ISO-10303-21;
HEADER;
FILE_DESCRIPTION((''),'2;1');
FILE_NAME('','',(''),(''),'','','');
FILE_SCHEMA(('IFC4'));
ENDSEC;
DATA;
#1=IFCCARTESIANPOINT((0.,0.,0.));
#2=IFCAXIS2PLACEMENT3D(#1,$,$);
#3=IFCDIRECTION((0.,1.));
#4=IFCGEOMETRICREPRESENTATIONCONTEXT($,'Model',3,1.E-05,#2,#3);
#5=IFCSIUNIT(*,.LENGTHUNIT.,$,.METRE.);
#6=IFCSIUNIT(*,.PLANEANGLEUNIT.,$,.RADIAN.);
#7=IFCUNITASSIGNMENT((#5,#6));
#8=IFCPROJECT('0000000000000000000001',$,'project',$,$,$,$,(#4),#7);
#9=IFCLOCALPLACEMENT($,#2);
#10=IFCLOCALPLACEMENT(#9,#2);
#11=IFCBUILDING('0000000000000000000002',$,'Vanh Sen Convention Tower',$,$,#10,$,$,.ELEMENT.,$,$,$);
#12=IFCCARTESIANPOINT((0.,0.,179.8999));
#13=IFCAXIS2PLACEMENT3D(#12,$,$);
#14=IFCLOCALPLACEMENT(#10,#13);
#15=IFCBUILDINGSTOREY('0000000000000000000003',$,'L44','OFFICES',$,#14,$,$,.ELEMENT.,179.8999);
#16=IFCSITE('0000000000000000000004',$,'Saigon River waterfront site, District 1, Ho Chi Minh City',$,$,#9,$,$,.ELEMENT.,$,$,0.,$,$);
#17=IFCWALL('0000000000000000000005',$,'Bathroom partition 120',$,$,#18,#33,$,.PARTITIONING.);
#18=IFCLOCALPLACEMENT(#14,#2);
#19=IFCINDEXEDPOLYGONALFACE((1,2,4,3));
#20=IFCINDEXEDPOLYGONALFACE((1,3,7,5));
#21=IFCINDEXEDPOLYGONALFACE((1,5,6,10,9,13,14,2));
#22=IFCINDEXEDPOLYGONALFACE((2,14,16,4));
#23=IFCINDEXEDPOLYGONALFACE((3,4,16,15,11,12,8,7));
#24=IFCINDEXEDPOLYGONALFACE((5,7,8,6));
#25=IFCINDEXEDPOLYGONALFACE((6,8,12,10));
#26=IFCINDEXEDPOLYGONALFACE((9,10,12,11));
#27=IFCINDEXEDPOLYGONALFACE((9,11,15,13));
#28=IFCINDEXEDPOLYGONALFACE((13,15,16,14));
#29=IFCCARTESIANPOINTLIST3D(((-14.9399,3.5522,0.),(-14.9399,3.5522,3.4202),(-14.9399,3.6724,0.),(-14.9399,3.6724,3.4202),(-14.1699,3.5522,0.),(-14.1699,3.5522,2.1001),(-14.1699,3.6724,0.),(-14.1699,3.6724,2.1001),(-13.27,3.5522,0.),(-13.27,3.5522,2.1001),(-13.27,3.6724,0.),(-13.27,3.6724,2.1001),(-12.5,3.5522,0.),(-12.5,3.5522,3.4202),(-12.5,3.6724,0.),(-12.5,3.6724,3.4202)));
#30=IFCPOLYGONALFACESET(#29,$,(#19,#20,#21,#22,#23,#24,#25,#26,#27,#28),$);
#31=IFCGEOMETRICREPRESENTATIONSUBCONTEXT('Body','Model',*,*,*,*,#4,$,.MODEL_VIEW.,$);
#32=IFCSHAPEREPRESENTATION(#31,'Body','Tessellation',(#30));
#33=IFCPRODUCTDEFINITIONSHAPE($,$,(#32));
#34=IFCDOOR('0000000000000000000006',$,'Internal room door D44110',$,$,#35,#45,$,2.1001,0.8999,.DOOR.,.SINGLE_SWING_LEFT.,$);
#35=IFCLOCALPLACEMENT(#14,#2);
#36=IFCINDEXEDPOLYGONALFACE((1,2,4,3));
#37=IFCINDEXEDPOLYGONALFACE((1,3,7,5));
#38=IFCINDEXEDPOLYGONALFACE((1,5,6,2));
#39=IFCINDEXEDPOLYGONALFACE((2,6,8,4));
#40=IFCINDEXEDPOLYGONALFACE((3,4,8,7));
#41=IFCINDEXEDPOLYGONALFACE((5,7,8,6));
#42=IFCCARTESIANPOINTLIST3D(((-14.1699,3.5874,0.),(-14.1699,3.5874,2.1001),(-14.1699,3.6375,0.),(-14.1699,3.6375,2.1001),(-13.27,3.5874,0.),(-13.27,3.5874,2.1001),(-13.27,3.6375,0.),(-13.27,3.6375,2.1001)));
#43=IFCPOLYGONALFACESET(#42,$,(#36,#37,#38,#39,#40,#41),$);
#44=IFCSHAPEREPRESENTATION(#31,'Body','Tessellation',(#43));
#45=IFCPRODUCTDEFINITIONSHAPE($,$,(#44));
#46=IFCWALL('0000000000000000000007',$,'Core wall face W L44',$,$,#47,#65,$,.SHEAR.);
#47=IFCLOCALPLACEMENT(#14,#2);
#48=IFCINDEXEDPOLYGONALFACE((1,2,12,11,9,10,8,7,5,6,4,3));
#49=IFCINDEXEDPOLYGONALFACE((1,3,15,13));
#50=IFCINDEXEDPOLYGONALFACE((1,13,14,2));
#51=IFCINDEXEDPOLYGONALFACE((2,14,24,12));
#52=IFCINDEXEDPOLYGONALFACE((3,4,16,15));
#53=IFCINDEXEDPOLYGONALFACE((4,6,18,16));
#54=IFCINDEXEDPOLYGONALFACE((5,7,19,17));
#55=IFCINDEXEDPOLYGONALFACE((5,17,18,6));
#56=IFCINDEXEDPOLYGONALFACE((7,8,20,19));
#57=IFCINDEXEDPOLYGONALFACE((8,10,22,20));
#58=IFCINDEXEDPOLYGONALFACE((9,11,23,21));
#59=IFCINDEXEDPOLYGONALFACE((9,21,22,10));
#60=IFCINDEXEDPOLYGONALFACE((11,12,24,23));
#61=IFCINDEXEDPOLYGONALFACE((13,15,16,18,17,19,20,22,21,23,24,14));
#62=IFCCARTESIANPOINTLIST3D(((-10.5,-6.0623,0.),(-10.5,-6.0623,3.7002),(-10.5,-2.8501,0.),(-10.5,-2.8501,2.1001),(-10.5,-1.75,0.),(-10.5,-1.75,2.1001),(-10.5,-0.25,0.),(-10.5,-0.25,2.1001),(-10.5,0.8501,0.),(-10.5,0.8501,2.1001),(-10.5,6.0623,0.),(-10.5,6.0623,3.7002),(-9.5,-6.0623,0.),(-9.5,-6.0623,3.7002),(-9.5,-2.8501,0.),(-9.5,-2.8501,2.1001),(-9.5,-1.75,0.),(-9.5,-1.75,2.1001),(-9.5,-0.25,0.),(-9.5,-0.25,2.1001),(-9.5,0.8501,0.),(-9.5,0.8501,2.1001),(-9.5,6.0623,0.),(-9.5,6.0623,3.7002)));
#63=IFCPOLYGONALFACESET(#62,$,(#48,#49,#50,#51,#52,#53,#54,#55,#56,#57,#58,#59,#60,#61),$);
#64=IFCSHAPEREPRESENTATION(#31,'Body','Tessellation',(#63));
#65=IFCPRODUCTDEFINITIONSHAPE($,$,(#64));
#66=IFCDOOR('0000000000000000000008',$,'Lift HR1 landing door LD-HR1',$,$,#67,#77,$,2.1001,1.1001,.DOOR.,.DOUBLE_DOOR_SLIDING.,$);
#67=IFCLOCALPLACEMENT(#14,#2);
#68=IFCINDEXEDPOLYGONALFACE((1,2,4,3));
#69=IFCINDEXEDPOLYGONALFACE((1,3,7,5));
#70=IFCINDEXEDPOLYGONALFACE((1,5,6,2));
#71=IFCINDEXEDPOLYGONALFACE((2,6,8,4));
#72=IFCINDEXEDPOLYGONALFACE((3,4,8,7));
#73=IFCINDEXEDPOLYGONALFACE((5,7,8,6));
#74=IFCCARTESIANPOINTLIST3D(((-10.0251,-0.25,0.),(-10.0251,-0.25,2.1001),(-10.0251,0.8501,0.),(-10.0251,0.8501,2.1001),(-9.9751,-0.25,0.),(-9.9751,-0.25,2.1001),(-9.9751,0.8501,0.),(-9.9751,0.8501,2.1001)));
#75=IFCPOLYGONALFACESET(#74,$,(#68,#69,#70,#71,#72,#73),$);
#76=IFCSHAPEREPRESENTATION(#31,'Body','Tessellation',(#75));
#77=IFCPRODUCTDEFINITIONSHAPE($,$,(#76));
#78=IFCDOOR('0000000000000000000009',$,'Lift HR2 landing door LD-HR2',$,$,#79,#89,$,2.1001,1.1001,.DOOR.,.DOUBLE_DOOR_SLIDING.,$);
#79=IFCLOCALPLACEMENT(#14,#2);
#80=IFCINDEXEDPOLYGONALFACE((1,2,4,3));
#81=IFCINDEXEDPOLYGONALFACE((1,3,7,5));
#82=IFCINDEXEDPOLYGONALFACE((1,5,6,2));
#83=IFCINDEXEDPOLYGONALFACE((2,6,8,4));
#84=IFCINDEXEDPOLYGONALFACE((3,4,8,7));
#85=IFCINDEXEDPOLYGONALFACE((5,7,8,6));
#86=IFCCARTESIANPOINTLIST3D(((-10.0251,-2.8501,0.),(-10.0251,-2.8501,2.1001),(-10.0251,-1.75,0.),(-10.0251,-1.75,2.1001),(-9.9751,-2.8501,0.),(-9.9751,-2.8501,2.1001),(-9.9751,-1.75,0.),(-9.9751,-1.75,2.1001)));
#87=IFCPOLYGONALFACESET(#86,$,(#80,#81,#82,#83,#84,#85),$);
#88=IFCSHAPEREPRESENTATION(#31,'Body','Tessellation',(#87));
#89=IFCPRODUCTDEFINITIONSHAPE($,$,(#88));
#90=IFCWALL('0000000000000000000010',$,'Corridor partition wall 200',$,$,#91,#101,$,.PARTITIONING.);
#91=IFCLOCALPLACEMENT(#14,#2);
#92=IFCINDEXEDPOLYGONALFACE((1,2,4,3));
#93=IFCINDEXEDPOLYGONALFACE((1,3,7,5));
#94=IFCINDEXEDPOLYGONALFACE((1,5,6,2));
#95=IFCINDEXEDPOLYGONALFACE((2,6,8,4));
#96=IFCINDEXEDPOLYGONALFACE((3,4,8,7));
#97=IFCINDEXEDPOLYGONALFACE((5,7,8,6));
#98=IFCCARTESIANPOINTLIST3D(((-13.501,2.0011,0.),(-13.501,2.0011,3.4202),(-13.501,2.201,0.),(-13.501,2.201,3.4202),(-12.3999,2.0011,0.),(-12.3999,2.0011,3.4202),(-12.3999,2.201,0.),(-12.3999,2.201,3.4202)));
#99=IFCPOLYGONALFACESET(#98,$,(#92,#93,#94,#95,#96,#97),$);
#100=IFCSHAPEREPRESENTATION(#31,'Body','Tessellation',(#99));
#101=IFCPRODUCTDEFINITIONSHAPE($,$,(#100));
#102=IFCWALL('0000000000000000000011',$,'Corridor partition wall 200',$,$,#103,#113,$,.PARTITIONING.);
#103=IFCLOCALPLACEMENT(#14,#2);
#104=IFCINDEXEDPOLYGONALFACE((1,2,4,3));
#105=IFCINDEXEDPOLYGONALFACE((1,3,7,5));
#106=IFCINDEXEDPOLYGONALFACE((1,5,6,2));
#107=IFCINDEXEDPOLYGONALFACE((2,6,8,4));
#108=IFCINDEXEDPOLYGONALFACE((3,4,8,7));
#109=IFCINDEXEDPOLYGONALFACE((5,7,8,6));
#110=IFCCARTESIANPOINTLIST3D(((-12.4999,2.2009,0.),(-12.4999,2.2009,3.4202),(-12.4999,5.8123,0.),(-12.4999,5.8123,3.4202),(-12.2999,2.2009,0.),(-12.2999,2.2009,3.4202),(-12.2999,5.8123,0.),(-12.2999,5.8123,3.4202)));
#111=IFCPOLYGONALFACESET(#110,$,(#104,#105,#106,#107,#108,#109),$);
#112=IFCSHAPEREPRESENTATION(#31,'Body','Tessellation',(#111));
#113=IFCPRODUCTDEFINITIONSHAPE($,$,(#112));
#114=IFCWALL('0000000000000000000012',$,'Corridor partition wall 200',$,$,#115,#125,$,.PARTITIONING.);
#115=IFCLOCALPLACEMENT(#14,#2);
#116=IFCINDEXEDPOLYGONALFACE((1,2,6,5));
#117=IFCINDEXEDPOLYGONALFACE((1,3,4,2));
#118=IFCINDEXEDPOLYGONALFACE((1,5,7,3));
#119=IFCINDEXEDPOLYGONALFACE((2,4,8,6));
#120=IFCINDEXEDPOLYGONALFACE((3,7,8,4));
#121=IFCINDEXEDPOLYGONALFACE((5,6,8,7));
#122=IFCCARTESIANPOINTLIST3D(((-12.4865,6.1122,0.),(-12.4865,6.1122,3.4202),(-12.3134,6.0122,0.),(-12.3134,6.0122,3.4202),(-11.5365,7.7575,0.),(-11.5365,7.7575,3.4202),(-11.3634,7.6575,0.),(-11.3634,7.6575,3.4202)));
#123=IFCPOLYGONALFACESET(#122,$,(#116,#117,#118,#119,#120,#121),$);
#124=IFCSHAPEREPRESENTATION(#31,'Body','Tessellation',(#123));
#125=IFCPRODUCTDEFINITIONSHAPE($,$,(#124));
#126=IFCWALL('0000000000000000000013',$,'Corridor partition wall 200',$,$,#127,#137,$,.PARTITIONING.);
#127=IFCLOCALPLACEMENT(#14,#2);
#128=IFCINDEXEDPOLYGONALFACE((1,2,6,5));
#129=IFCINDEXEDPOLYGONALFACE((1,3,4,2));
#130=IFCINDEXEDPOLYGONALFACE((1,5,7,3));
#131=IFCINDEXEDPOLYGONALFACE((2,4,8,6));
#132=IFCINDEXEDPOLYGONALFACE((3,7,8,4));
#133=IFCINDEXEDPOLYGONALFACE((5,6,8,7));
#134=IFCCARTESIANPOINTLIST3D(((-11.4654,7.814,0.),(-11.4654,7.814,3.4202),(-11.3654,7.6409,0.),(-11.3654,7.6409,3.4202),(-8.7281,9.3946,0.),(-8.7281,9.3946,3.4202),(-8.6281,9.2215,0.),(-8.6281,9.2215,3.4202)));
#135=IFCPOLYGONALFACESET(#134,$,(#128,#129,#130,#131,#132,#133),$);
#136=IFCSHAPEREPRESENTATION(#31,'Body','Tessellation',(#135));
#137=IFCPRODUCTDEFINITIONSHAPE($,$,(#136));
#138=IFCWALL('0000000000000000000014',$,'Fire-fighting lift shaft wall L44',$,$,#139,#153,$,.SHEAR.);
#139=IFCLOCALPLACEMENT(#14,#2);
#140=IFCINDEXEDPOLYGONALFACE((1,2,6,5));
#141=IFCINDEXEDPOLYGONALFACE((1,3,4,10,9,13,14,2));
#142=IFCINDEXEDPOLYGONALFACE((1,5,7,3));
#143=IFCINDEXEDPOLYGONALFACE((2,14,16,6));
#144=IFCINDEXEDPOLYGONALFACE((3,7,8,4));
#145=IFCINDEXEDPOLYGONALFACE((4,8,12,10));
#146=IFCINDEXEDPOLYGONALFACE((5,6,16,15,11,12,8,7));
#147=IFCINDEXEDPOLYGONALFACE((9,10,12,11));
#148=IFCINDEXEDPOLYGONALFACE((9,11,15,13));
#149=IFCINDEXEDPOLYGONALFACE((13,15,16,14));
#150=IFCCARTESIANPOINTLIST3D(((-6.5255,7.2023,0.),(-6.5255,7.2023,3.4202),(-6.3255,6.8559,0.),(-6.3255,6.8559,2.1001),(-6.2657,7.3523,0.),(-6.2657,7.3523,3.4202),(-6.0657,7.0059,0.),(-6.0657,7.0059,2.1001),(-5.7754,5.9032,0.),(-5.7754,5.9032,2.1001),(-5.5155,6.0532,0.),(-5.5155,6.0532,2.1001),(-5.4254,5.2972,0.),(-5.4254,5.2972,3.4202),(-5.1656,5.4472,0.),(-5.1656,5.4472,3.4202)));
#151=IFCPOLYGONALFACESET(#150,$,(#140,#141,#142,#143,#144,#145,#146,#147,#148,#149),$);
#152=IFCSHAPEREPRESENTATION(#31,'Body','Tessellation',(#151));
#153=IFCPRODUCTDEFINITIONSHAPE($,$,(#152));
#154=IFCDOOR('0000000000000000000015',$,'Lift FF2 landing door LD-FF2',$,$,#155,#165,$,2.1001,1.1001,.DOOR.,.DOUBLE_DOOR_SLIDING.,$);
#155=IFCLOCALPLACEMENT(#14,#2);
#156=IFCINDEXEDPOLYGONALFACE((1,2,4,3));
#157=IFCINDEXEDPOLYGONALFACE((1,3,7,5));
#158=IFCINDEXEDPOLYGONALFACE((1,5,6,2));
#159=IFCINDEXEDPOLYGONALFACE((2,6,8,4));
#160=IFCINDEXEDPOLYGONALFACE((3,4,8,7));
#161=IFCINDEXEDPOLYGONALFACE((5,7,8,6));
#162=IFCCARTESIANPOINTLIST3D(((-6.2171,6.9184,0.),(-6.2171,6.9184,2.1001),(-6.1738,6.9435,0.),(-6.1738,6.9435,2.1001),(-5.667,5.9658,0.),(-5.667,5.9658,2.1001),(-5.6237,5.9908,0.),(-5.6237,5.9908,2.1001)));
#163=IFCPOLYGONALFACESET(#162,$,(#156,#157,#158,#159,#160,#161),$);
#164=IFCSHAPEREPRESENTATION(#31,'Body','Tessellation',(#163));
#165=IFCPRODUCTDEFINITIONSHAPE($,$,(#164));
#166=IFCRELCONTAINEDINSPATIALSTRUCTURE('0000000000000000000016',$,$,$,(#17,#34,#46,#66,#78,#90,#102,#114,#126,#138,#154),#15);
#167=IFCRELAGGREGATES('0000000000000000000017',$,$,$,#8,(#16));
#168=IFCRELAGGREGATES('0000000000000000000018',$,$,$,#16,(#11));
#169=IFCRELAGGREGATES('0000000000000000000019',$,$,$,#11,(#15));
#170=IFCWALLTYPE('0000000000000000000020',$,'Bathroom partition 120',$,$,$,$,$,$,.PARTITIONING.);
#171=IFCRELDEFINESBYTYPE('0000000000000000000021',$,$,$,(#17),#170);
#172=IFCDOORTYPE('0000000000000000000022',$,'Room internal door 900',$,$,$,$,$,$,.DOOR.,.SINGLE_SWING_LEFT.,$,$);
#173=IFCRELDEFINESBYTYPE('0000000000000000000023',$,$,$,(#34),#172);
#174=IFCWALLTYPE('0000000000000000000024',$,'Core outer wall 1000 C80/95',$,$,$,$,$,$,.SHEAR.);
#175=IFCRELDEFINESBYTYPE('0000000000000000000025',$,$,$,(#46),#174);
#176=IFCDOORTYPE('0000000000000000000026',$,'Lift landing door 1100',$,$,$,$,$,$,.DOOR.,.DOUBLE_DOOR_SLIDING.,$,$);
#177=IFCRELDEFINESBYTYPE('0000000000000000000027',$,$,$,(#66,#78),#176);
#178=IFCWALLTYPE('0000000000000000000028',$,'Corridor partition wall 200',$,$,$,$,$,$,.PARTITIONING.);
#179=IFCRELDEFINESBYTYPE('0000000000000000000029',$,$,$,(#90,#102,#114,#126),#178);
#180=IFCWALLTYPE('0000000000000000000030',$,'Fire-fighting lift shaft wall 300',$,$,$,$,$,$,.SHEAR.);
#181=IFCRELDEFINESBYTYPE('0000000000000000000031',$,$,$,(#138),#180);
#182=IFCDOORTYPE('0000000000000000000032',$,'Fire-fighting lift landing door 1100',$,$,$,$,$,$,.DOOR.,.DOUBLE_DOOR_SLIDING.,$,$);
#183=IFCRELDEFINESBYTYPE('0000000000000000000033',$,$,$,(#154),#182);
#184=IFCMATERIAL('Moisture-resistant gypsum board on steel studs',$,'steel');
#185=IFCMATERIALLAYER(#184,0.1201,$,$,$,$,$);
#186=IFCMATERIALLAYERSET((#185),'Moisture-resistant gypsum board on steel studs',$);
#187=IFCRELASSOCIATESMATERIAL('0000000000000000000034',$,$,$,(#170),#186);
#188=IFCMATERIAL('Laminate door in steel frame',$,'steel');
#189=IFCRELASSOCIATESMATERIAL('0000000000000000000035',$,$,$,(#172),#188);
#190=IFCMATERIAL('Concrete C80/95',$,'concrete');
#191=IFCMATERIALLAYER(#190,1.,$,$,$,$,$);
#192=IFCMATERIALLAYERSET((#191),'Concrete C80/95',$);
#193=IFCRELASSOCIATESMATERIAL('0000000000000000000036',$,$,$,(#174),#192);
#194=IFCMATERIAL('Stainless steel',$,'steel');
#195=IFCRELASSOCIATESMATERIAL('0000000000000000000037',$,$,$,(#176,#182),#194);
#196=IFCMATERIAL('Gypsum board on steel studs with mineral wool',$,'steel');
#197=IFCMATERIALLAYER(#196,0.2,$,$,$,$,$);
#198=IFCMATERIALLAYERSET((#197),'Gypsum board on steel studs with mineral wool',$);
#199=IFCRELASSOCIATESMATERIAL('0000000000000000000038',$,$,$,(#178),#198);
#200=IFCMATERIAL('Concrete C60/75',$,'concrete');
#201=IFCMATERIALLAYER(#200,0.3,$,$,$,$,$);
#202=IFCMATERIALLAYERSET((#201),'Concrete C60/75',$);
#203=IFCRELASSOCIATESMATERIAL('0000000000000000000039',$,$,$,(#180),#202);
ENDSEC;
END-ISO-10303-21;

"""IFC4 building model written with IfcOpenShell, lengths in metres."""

from ifc_helpers import new_model, si_unit, direction, frame, frame_2d, origin, place, context, subcontext, project, spatial, rectangle, extrude, material, layer, layer_set, type_object, element, fill, save


model = new_model("IFC4")

# Units and contexts
model_context = context("Model", 3, precision=1e-05, world=origin(), true_north=direction((0.0, 1.0)))
body_context = subcontext(model_context, "Body", "Model", "MODEL_VIEW")
ifc_project = project(units=[si_unit("LENGTHUNIT", "METRE"), si_unit("PLANEANGLEUNIT", "RADIAN")], contexts=[model_context])

# Site, building, storey
site_placement = place(None, origin())
site = spatial("IfcSite", under=ifc_project, at=site_placement, Name="Saigon River waterfront site, District 1, Ho Chi Minh City", CompositionType="ELEMENT", RefElevation=0.0)
building_placement = place(site_placement, origin())
building = spatial("IfcBuilding", under=site, at=building_placement, Name="Vanh Sen Convention Tower", CompositionType="ELEMENT")
storey_placement = place(building_placement, frame((0.0, 0.0, 179.8999)))
storey = spatial("IfcBuildingStorey", under=building, at=storey_placement, Name="L44", Description="OFFICES", CompositionType="ELEMENT", Elevation=179.8999)

# Wall, opening, door
ifc_material_1 = material(Name="Moisture-resistant gypsum board on steel studs", Category="steel")
ifc_layer_1 = layer(ifc_material_1, 0.1201)
ifc_layer_set_1 = layer_set([ifc_layer_1], Name="Moisture-resistant gypsum board on steel studs")
wall_type_1 = type_object("IfcWallType", Name="Bathroom partition 120", PredefinedType="PARTITIONING", material=ifc_layer_set_1)
wall_1_placement = place(storey_placement, frame((-12.5, 3.6123, 0.0), z_axis=(0.0, 0.0, 1.0), x_axis=(-1.0, 0.0, 0.0)))
wall_1 = element("IfcWall", 1, at=wall_1_placement, inside=storey, type_object=wall_type_1, Name="Bathroom partition 120", PredefinedType="PARTITIONING", context=body_context, shape_type="SweptSolid", body=[
    extrude(rectangle(XDim=2.4399, YDim=0.1201, at=frame_2d((1.22, 0.0))), origin(), (0.0, 0.0, 1.0), 3.4202),
])
opening_1_placement = place(wall_1_placement, frame((0.77, 0.0, 0.0)))
opening_1 = element("IfcOpeningElement", 2, at=opening_1_placement, cuts=wall_1, PredefinedType="OPENING", context=body_context, shape_type="SweptSolid", body=[
    extrude(rectangle(XDim=0.8999, YDim=2.1001, at=frame_2d((0.45, 1.05))), frame((0.0, 0.0701, 0.0), z_axis=(0.0, -1.0, 0.0), x_axis=(1.0, 0.0, 0.0)), (0.0, 0.0, 1.0), 0.1401),
])
ifc_material_2 = material(Name="Laminate door in steel frame", Category="steel")
door_type_1 = type_object("IfcDoorType", Name="Room internal door 900", OperationType="SINGLE_SWING_LEFT", PredefinedType="DOOR", material=ifc_material_2)
door_1_placement = place(opening_1_placement, origin())
door_1 = element("IfcDoor", 3, at=door_1_placement, inside=storey, type_object=door_type_1, Name="Internal room door D44110", OperationType="SINGLE_SWING_LEFT", OverallHeight=2.1001, OverallWidth=0.8999, PredefinedType="DOOR", context=body_context, shape_type="SweptSolid", body=[
    extrude(rectangle(XDim=0.8999, YDim=2.1001, at=frame_2d((0.45, 1.05))), frame((0.0, 0.0249, 0.0), z_axis=(0.0, -1.0, 0.0), x_axis=(1.0, 0.0, 0.0)), (0.0, 0.0, 1.0), 0.05),
])
fill(opening_1, door_1)

# Wall, openings, doors
ifc_material_3 = material(Name="Concrete C80/95", Category="concrete")
ifc_layer_2 = layer(ifc_material_3, 1.0)
ifc_layer_set_2 = layer_set([ifc_layer_2], Name="Concrete C80/95")
wall_type_2 = type_object("IfcWallType", Name="Core outer wall 1000 C80/95", PredefinedType="SHEAR", material=ifc_layer_set_2)
wall_2_placement = place(storey_placement, frame((-10.0, 6.0623, 0.0), z_axis=(0.0, 0.0, 1.0), x_axis=(0.0, -1.0, 0.0)))
wall_2 = element("IfcWall", 4, at=wall_2_placement, inside=storey, type_object=wall_type_2, Name="Core wall face W L44", PredefinedType="SHEAR", context=body_context, shape_type="SweptSolid", body=[
    extrude(rectangle(XDim=12.1245, YDim=1.0, at=frame_2d((6.0623, 0.0))), origin(), (0.0, 0.0, 1.0), 3.7002),
])
opening_2_placement = place(wall_2_placement, frame((5.2122, 0.0, 0.0)))
opening_2 = element("IfcOpeningElement", 5, at=opening_2_placement, cuts=wall_2, PredefinedType="OPENING", context=body_context, shape_type="SweptSolid", body=[
    extrude(rectangle(XDim=1.1001, YDim=2.1001, at=frame_2d((0.55, 1.05))), frame((0.0, 0.51, 0.0), z_axis=(0.0, -1.0, 0.0), x_axis=(1.0, 0.0, 0.0)), (0.0, 0.0, 1.0), 1.02),
])
opening_3_placement = place(wall_2_placement, frame((7.8123, 0.0, 0.0)))
opening_3 = element("IfcOpeningElement", 6, at=opening_3_placement, cuts=wall_2, PredefinedType="OPENING", context=body_context, shape_type="SweptSolid", body=[
    extrude(rectangle(XDim=1.1001, YDim=2.1001, at=frame_2d((0.55, 1.05))), frame((0.0, 0.51, 0.0), z_axis=(0.0, -1.0, 0.0), x_axis=(1.0, 0.0, 0.0)), (0.0, 0.0, 1.0), 1.02),
])
ifc_material_4 = material(Name="Stainless steel", Category="steel")
door_type_2 = type_object("IfcDoorType", Name="Lift landing door 1100", OperationType="DOUBLE_DOOR_SLIDING", PredefinedType="DOOR", material=ifc_material_4)
door_2_placement = place(opening_2_placement, origin())
door_2 = element("IfcDoor", 7, at=door_2_placement, inside=storey, type_object=door_type_2, Name="Lift HR1 landing door LD-HR1", OperationType="DOUBLE_DOOR_SLIDING", OverallHeight=2.1001, OverallWidth=1.1001, PredefinedType="DOOR", context=body_context, shape_type="SweptSolid", body=[
    extrude(rectangle(XDim=1.1001, YDim=2.1001, at=frame_2d((0.55, 1.05))), frame((0.0, 0.0249, 0.0), z_axis=(0.0, -1.0, 0.0), x_axis=(1.0, 0.0, 0.0)), (0.0, 0.0, 1.0), 0.05),
])
fill(opening_2, door_2)
door_3_placement = place(opening_3_placement, origin())
door_3 = element("IfcDoor", 8, at=door_3_placement, inside=storey, type_object=door_type_2, Name="Lift HR2 landing door LD-HR2", OperationType="DOUBLE_DOOR_SLIDING", OverallHeight=2.1001, OverallWidth=1.1001, PredefinedType="DOOR", context=body_context, shape_type="SweptSolid", body=[
    extrude(rectangle(XDim=1.1001, YDim=2.1001, at=frame_2d((0.55, 1.05))), frame((0.0, 0.0249, 0.0), z_axis=(0.0, -1.0, 0.0), x_axis=(1.0, 0.0, 0.0)), (0.0, 0.0, 1.0), 0.05),
])
fill(opening_3, door_3)

# Walls
ifc_material_5 = material(Name="Gypsum board on steel studs with mineral wool", Category="steel")
ifc_layer_3 = layer(ifc_material_5, 0.2)
ifc_layer_set_3 = layer_set([ifc_layer_3], Name="Gypsum board on steel studs with mineral wool")
wall_type_3 = type_object("IfcWallType", Name="Corridor partition wall 200", PredefinedType="PARTITIONING", material=ifc_layer_set_3)
wall_3_placement = place(storey_placement, frame((-12.3999, 2.1011, 0.0), z_axis=(0.0, 0.0, 1.0), x_axis=(-1.0, 0.0, 0.0)))
element("IfcWall", 9, at=wall_3_placement, inside=storey, type_object=wall_type_3, Name="Corridor partition wall 200", PredefinedType="PARTITIONING", context=body_context, shape_type="SweptSolid", body=[
    extrude(rectangle(XDim=1.1011, YDim=0.2, at=frame_2d((0.5505, 0.0))), origin(), (0.0, 0.0, 1.0), 3.4202),
])
wall_4_placement = place(storey_placement, frame((-12.3999, 5.8123, 0.0), z_axis=(0.0, 0.0, 1.0), x_axis=(0.0, -1.0, 0.0)))
element("IfcWall", 10, at=wall_4_placement, inside=storey, type_object=wall_type_3, Name="Corridor partition wall 200", PredefinedType="PARTITIONING", context=body_context, shape_type="SweptSolid", body=[
    extrude(rectangle(XDim=3.6113, YDim=0.2, at=frame_2d((1.8057, 0.0))), origin(), (0.0, 0.0, 1.0), 3.4202),
])
wall_5_placement = place(storey_placement, frame((-11.45, 7.7075, 0.0), z_axis=(0.0, 0.0, 1.0), x_axis=(-0.500023, -0.866012, 0.0)))
element("IfcWall", 11, at=wall_5_placement, inside=storey, type_object=wall_type_3, Name="Corridor partition wall 200", PredefinedType="PARTITIONING", context=body_context, shape_type="SweptSolid", body=[
    extrude(rectangle(XDim=1.8999, YDim=0.2, at=frame_2d((0.95, 0.0))), origin(), (0.0, 0.0, 1.0), 3.4202),
])
wall_6_placement = place(storey_placement, frame((-8.678, 9.3081, 0.0), z_axis=(0.0, 0.0, 1.0), x_axis=(-0.866, -0.500043, 0.0)))
element("IfcWall", 12, at=wall_6_placement, inside=storey, type_object=wall_type_3, Name="Corridor partition wall 200", PredefinedType="PARTITIONING", context=body_context, shape_type="SweptSolid", body=[
    extrude(rectangle(XDim=3.1609, YDim=0.2, at=frame_2d((1.5806, 0.0))), origin(), (0.0, 0.0, 1.0), 3.4202),
])

# Wall, opening, door
ifc_material_6 = material(Name="Concrete C60/75", Category="concrete")
ifc_layer_4 = layer(ifc_material_6, 0.3)
ifc_layer_set_4 = layer_set([ifc_layer_4], Name="Concrete C60/75")
wall_type_4 = type_object("IfcWallType", Name="Fire-fighting lift shaft wall 300", PredefinedType="SHEAR", material=ifc_layer_set_4)
wall_7_placement = place(storey_placement, frame((-5.2954, 5.3721, 0.0), z_axis=(0.0, 0.0, 1.0), x_axis=(-0.500078, 0.86598, 0.0)))
wall_7 = element("IfcWall", 13, at=wall_7_placement, inside=storey, type_object=wall_type_4, Name="Fire-fighting lift shaft wall L44", PredefinedType="SHEAR", context=body_context, shape_type="SweptSolid", body=[
    extrude(rectangle(XDim=2.2, YDim=0.3, at=frame_2d((1.1001, 0.0))), origin(), (0.0, 0.0, 1.0), 3.4202),
])
opening_4_placement = place(wall_7_placement, frame((0.7, 0.0, 0.0)))
opening_4 = element("IfcOpeningElement", 14, at=opening_4_placement, cuts=wall_7, PredefinedType="OPENING", context=body_context, shape_type="SweptSolid", body=[
    extrude(rectangle(XDim=1.1001, YDim=2.1001, at=frame_2d((0.55, 1.05))), frame((0.0, 0.1599, 0.0), z_axis=(0.0, -1.0, 0.0), x_axis=(1.0, 0.0, 0.0)), (0.0, 0.0, 1.0), 0.3201),
])
door_type_3 = type_object("IfcDoorType", Name="Fire-fighting lift landing door 1100", OperationType="DOUBLE_DOOR_SLIDING", PredefinedType="DOOR", material=ifc_material_4)
door_4_placement = place(opening_4_placement, origin())
door_4 = element("IfcDoor", 15, at=door_4_placement, inside=storey, type_object=door_type_3, Name="Lift FF2 landing door LD-FF2", OperationType="DOUBLE_DOOR_SLIDING", OverallHeight=2.1001, OverallWidth=1.1001, PredefinedType="DOOR", context=body_context, shape_type="SweptSolid", body=[
    extrude(rectangle(XDim=1.1001, YDim=2.1001, at=frame_2d((0.55, 1.05))), frame((0.0, 0.0249, 0.0), z_axis=(0.0, -1.0, 0.0), x_axis=(1.0, 0.0, 0.0)), (0.0, 0.0, 1.0), 0.05),
])
fill(opening_4, door_4)

save(model, "model.ifc")
